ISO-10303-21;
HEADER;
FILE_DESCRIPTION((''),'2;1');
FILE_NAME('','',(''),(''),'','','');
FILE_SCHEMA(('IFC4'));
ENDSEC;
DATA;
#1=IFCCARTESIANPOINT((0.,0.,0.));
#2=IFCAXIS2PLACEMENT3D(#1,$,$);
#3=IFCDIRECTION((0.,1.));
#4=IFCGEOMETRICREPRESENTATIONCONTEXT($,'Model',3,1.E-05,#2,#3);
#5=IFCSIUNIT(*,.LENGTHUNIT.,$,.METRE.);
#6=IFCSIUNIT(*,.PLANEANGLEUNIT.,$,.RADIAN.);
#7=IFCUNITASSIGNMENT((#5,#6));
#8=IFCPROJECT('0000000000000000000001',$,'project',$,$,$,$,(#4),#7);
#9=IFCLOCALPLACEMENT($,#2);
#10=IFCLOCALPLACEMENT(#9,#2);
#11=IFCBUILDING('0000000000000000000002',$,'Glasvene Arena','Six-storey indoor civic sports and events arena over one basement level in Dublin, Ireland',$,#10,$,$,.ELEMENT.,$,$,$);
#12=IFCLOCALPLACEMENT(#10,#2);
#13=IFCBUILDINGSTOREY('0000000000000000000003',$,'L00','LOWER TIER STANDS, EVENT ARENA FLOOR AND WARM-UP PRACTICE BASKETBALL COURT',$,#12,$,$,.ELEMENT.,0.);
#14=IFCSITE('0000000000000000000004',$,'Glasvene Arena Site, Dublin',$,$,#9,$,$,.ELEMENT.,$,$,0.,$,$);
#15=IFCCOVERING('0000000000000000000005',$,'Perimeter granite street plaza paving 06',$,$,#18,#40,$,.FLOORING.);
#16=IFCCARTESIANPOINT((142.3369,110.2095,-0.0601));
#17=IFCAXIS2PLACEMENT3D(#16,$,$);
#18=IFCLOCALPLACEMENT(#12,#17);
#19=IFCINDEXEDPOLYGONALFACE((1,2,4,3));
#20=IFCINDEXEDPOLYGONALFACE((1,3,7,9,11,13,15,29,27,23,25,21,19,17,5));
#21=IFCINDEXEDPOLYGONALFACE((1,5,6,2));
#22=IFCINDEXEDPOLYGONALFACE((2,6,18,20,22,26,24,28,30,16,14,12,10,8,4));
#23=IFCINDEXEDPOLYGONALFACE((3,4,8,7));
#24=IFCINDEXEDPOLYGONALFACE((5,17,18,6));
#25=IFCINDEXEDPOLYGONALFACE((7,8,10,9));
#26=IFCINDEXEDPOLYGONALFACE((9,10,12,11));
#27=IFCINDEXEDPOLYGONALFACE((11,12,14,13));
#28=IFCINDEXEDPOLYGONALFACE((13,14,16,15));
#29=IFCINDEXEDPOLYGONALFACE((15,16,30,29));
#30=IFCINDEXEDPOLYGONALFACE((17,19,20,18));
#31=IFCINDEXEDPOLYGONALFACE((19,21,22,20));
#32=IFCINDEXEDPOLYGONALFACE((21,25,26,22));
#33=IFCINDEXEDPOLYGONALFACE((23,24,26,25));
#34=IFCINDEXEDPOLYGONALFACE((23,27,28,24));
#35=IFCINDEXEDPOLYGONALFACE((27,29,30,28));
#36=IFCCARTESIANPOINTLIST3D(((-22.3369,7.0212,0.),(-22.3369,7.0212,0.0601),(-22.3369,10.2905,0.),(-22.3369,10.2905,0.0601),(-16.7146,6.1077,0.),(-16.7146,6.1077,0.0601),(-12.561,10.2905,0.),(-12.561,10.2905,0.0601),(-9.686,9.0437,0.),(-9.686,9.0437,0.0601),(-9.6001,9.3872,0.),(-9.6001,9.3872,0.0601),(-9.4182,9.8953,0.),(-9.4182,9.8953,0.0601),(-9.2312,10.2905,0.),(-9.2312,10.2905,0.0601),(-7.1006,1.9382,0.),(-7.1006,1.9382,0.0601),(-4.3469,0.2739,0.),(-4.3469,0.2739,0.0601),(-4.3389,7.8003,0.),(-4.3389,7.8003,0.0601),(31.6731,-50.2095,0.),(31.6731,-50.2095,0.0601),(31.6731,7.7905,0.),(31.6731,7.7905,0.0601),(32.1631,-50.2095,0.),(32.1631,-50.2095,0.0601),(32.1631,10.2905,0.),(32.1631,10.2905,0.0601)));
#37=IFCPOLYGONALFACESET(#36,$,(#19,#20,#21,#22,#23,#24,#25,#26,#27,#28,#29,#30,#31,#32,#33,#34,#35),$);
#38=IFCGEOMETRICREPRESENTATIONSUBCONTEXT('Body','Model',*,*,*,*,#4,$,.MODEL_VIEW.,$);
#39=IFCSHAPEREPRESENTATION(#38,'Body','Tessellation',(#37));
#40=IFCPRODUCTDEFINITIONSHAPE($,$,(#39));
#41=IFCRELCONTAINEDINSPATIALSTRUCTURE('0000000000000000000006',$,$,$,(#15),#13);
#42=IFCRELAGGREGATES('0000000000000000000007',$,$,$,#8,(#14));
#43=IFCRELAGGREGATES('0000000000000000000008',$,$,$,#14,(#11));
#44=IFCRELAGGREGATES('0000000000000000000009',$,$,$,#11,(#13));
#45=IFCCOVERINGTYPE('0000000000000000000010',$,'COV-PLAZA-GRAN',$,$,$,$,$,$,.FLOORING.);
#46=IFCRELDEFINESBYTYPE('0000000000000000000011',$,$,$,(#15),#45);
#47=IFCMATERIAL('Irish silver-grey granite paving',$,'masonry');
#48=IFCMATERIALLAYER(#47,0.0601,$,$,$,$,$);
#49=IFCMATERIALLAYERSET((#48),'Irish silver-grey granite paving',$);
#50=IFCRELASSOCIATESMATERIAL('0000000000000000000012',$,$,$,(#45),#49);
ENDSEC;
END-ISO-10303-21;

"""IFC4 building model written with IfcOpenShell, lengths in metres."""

from ifc_helpers import new_model, si_unit, direction, frame, origin, place, context, subcontext, project, spatial, polyline, outline, extrude, material, layer, layer_set, type_object, element, save


model = new_model("IFC4")

# Units and contexts
model_context = context("Model", 3, precision=1e-05, world=origin(), true_north=direction((0.0, 1.0)))
body_context = subcontext(model_context, "Body", "Model", "MODEL_VIEW")
ifc_project = project(units=[si_unit("LENGTHUNIT", "METRE"), si_unit("PLANEANGLEUNIT", "RADIAN")], contexts=[model_context])

# Site, building, storey
site_placement = place(None, origin())
site = spatial("IfcSite", under=ifc_project, at=site_placement, Name="Glasvene Arena Site, Dublin", CompositionType="ELEMENT", RefElevation=0.0)
building_placement = place(site_placement, origin())
building = spatial("IfcBuilding", under=site, at=building_placement, Name="Glasvene Arena", Description="Six-storey indoor civic sports and events arena over one basement level in Dublin, Ireland", CompositionType="ELEMENT")
storey_placement = place(building_placement, origin())
storey = spatial("IfcBuildingStorey", under=building, at=storey_placement, Name="L00", Description="LOWER TIER STANDS, EVENT ARENA FLOOR AND WARM-UP PRACTICE BASKETBALL COURT", CompositionType="ELEMENT", Elevation=0.0)

# Covering
ifc_material_1 = material(Name="Irish silver-grey granite paving", Category="masonry")
ifc_layer_1 = layer(ifc_material_1, 0.0601)
ifc_layer_set_1 = layer_set([ifc_layer_1], Name="Irish silver-grey granite paving")
covering_type = type_object("IfcCoveringType", Name="COV-PLAZA-GRAN", PredefinedType="FLOORING", material=ifc_layer_set_1)
covering_placement = place(storey_placement, frame((142.3369, 110.2095, -0.0601)))
element("IfcCovering", 1, at=covering_placement, inside=storey, type_object=covering_type, Name="Perimeter granite street plaza paving 06", PredefinedType="FLOORING", context=body_context, shape_type="SweptSolid", body=[
    extrude(outline(polyline([(-12.561, 10.2905), (-9.686, 9.0437), (-9.6001, 9.3872), (-9.4182, 9.8953), (-9.2312, 10.2905), (32.1631, 10.2905), (32.1631, -50.2095), (31.6731, -50.2095), (31.6731, 7.7905), (-4.3389, 7.8003), (-4.3469, 0.2739), (-7.1006, 1.9382), (-16.7146, 6.1077), (-22.3369, 7.0212), (-22.3369, 10.2905), (-12.561, 10.2905)])), origin(), (0.0, 0.0, 1.0), 0.0601),
])

save(model, "model.ifc")
